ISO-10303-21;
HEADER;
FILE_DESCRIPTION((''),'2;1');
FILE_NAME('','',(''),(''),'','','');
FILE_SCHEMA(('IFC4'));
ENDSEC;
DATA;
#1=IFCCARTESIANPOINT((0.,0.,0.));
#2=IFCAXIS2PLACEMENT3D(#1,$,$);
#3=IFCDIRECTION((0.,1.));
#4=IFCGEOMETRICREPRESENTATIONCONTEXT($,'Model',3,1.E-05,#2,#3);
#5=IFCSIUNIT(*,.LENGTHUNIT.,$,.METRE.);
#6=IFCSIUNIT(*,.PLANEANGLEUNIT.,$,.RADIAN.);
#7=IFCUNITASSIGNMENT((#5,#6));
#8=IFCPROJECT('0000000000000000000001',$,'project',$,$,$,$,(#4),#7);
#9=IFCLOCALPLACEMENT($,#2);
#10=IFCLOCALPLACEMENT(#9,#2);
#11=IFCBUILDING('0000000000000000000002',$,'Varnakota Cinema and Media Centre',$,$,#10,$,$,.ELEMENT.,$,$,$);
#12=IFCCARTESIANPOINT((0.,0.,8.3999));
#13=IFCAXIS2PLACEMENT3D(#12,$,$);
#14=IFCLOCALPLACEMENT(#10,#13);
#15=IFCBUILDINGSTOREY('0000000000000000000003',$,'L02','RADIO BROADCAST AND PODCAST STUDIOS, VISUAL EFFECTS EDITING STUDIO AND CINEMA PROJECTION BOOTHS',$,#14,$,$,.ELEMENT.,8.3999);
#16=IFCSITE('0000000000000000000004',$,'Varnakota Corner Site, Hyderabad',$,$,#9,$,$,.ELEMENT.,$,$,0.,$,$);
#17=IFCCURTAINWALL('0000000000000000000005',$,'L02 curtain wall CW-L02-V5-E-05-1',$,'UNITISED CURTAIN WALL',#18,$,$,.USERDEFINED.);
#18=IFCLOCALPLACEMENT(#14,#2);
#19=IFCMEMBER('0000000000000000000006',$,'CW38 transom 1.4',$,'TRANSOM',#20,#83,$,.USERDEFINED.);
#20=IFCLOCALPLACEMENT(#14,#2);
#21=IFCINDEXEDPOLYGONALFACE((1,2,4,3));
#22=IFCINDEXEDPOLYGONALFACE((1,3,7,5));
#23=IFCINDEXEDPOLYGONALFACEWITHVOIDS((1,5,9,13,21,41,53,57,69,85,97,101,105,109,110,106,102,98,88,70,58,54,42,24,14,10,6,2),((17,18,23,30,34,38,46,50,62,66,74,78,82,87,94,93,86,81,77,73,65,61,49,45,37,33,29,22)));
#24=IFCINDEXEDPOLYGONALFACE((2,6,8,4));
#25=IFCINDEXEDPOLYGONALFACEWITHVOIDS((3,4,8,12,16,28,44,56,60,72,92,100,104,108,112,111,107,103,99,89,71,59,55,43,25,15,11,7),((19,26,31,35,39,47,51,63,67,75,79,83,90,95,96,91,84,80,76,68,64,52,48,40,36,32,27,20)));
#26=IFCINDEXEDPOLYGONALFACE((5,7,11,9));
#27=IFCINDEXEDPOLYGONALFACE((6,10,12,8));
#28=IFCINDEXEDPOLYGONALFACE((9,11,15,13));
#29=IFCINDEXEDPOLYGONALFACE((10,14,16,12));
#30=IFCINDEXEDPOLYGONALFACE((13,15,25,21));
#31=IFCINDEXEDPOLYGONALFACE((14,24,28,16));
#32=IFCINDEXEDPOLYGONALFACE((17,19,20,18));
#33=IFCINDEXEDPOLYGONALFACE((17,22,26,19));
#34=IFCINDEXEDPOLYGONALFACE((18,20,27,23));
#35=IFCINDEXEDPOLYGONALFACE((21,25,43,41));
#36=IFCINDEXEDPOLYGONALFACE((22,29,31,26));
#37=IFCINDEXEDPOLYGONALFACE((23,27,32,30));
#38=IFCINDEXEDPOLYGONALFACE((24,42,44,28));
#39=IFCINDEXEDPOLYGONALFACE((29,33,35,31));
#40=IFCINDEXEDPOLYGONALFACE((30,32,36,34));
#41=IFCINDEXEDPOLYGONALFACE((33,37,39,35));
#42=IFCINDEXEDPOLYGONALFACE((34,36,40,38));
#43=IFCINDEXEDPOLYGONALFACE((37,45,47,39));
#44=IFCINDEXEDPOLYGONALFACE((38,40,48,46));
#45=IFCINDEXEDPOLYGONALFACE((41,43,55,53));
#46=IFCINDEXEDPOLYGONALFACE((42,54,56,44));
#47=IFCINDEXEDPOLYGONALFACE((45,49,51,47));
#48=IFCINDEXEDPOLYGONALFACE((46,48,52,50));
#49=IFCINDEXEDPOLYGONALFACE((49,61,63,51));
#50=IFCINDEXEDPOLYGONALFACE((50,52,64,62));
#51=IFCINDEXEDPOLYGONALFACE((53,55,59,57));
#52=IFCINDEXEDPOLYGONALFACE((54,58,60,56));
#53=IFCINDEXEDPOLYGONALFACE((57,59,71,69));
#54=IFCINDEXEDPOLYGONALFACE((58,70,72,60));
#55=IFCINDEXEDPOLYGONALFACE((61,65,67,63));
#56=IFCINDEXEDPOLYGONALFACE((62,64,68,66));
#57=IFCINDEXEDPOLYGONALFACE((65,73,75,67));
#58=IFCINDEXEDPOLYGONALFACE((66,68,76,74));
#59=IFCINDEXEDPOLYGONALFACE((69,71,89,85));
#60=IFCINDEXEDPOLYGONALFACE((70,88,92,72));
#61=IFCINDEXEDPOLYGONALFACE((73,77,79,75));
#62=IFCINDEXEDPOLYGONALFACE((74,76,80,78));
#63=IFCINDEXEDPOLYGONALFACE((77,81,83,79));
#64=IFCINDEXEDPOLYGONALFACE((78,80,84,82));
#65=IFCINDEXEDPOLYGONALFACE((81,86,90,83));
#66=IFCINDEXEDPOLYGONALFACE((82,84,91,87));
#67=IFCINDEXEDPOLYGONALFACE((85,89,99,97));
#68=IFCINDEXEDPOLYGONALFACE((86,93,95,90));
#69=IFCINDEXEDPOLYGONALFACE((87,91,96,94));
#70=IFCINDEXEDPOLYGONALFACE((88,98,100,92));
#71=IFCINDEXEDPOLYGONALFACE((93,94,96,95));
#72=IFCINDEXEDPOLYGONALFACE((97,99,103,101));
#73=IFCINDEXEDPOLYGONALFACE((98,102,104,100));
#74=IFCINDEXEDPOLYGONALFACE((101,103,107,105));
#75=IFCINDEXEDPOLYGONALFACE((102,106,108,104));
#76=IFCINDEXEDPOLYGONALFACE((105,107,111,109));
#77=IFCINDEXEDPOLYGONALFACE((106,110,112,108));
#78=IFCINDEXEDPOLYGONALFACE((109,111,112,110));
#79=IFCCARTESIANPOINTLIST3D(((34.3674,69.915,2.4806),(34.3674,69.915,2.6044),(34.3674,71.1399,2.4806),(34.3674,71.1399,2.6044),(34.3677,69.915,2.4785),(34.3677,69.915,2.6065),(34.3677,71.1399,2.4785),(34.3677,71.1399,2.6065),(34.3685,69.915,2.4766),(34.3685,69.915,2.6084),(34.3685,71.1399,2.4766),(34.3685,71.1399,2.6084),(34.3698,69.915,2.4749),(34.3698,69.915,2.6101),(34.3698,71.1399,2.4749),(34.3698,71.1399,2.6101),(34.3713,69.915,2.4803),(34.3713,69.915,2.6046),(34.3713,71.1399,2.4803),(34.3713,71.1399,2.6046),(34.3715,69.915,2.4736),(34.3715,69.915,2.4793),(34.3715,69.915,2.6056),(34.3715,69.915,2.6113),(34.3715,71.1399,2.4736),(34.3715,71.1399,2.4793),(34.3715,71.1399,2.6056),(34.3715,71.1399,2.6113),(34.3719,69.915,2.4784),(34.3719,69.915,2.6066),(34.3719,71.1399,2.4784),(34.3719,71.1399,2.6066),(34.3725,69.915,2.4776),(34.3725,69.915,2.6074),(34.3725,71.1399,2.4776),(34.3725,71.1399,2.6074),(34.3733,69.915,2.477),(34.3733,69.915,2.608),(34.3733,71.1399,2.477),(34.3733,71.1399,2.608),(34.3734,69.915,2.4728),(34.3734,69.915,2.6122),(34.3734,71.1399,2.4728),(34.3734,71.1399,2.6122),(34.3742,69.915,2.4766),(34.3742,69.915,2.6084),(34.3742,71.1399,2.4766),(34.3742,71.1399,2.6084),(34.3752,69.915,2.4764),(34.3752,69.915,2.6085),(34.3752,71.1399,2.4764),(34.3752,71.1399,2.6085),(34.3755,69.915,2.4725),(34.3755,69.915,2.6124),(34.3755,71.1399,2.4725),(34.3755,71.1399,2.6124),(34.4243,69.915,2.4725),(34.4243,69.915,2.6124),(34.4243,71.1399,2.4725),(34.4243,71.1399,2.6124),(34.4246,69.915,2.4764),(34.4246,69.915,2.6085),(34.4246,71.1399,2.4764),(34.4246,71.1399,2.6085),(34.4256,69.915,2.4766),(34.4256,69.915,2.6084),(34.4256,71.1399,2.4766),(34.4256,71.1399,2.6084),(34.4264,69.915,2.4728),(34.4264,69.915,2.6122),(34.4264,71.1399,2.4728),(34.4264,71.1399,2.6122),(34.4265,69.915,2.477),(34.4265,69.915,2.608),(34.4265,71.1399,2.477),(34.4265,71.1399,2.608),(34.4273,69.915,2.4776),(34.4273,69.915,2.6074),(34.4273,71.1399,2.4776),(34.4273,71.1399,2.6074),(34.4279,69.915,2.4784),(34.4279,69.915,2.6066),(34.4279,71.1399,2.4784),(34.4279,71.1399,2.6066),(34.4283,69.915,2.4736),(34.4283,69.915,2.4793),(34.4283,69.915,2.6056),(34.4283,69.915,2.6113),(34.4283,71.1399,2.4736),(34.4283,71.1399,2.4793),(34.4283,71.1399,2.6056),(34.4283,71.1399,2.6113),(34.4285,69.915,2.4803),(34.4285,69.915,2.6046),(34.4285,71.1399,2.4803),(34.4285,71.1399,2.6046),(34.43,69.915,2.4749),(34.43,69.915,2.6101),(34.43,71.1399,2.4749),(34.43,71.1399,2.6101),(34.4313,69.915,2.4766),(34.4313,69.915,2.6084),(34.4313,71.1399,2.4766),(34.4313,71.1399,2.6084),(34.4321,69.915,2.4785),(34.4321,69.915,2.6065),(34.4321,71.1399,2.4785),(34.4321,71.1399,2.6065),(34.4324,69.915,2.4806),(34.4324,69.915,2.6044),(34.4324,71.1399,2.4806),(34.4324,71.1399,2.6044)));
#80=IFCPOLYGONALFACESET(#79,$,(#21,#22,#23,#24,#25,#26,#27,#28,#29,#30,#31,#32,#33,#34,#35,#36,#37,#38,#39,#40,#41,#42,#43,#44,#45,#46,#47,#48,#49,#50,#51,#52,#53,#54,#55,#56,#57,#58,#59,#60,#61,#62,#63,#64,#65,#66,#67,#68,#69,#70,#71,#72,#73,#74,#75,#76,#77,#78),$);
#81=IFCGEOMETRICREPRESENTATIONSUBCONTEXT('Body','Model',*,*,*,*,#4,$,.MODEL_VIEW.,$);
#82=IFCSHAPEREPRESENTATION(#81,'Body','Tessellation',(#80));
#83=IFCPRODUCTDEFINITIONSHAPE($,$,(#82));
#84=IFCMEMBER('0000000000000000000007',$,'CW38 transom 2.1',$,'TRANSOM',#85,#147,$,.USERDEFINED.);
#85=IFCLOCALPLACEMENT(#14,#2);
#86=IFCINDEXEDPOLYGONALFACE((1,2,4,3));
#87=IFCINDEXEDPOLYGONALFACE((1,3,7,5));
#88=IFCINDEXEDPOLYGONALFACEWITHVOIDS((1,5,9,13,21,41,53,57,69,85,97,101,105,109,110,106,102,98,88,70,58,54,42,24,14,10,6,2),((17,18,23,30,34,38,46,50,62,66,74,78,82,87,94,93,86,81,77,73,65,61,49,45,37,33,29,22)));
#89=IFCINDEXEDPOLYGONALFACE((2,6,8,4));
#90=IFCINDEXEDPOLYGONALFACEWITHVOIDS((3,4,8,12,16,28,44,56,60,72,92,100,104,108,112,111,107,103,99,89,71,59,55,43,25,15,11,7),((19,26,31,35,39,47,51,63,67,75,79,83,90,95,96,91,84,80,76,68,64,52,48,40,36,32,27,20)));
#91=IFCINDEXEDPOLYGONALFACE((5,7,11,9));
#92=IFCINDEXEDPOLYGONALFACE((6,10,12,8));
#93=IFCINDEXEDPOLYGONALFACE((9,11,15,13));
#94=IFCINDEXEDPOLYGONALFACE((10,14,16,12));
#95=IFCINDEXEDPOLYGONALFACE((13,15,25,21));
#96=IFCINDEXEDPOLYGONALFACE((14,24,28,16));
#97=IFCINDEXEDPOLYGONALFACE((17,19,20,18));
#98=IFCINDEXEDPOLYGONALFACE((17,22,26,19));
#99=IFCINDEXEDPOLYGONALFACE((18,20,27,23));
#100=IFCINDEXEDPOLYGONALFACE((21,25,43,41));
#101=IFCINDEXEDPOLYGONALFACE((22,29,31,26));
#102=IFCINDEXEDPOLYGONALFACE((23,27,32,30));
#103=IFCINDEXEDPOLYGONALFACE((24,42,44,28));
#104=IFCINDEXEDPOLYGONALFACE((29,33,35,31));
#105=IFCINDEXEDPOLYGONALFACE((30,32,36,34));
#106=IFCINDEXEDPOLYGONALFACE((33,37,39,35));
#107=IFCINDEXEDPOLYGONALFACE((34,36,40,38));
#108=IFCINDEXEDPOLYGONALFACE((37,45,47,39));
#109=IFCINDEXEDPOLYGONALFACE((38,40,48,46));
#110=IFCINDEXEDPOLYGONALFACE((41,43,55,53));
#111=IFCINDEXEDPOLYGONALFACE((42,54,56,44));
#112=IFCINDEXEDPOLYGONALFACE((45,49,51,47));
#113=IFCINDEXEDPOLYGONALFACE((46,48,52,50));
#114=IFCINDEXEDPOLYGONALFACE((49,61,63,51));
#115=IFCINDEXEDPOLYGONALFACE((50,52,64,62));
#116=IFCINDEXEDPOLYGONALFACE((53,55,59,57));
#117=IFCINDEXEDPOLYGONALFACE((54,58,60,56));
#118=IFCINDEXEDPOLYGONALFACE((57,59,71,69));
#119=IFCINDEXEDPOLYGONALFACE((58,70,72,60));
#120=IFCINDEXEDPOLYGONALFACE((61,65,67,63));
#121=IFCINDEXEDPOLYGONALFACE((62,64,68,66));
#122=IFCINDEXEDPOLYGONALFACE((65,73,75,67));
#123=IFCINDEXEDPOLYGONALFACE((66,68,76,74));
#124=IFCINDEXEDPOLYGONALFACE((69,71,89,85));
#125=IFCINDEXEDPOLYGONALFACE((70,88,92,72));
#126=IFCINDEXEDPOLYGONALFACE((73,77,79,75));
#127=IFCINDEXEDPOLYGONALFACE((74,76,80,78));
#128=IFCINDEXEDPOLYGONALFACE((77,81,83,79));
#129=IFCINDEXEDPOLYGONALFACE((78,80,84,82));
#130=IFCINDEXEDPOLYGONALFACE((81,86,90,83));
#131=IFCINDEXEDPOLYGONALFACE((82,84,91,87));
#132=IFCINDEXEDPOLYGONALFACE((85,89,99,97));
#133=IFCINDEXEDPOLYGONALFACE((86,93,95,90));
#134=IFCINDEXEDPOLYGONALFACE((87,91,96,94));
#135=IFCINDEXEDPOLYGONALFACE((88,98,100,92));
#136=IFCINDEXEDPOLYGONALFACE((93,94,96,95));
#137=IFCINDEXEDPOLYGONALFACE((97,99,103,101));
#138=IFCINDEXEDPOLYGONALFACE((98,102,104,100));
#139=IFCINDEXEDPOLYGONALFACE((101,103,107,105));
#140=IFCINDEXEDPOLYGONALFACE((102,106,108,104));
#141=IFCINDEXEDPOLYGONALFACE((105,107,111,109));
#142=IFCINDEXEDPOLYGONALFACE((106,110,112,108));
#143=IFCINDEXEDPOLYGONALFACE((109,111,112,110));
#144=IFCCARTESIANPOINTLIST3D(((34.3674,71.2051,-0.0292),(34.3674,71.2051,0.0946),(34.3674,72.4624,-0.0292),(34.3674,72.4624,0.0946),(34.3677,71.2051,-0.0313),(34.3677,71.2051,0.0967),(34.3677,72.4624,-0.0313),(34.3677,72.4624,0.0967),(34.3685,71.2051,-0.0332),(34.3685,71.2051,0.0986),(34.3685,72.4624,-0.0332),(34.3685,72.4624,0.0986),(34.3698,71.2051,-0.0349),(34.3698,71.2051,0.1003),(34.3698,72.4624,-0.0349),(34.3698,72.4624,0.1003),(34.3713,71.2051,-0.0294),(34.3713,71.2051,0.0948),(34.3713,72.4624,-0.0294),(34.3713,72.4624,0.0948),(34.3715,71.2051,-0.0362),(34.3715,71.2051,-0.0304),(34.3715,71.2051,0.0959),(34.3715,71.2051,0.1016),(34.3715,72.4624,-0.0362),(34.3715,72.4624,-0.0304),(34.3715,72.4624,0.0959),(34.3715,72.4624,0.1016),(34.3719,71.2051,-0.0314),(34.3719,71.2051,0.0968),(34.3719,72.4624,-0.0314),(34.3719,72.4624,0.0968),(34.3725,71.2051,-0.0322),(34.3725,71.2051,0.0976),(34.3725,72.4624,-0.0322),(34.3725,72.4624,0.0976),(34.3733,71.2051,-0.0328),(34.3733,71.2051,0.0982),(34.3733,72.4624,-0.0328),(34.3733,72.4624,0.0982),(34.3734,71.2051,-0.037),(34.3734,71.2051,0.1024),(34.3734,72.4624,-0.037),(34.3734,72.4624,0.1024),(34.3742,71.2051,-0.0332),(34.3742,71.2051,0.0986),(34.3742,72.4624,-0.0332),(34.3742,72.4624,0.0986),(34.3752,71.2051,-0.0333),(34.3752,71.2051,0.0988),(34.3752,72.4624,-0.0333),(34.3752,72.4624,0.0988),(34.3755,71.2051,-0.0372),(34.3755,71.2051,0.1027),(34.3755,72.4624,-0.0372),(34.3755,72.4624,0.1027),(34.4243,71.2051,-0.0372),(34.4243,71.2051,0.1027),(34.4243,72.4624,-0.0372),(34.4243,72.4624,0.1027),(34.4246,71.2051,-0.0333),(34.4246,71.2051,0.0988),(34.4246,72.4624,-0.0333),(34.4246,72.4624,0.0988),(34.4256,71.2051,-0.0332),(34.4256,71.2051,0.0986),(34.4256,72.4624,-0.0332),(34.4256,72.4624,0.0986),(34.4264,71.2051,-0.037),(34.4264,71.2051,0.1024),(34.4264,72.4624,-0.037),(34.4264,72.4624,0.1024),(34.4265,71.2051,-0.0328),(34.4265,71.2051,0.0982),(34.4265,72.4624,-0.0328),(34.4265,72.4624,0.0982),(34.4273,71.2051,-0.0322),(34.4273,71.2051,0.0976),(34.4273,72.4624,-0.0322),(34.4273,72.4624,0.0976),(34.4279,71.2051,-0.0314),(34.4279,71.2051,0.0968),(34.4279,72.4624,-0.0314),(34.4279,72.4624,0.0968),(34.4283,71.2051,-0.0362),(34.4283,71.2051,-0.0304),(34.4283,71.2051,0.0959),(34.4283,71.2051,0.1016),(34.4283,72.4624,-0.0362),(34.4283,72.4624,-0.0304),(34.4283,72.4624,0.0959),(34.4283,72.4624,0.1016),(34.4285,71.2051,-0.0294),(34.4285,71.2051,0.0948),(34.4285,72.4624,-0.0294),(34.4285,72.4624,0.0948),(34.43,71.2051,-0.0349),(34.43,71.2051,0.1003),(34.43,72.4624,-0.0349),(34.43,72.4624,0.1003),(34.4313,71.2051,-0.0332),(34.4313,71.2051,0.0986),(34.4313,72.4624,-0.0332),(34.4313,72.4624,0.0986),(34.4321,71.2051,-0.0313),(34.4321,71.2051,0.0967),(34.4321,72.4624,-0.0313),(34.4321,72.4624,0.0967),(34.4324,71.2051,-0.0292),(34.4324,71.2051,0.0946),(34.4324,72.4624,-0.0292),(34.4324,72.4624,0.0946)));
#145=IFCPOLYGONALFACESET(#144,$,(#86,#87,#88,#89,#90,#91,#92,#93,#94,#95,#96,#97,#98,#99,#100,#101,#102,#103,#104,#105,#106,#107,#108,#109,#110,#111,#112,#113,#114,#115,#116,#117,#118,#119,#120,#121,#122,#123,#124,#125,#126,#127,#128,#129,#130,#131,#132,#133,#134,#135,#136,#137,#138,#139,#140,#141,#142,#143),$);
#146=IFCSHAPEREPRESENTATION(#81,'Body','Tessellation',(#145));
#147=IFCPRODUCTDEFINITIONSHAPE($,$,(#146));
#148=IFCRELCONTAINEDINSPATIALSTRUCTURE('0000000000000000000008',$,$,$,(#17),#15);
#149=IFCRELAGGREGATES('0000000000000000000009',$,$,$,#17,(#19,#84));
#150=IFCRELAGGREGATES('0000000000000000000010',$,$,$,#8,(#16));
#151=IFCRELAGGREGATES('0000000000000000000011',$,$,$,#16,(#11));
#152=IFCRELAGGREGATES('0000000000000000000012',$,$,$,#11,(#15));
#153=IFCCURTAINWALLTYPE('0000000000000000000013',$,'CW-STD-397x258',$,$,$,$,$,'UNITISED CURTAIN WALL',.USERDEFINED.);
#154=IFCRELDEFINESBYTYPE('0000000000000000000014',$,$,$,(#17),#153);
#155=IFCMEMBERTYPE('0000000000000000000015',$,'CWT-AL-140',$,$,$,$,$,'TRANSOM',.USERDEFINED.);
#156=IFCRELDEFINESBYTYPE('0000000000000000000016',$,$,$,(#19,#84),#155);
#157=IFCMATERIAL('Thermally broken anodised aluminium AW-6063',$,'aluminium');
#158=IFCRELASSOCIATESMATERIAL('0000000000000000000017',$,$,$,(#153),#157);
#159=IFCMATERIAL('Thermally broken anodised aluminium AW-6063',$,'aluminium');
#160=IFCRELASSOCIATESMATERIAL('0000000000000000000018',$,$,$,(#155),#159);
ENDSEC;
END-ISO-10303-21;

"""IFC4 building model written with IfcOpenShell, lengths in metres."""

from ifc_helpers import new_model, si_unit, direction, frame, origin, origin_2d, place, context, subcontext, project, spatial, hollow_rectangle, extrude, material, material_profile, profile_set, type_object, element, aggregate, save


model = new_model("IFC4")

# Units and contexts
model_context = context("Model", 3, precision=1e-05, world=origin(), true_north=direction((0.0, 1.0)))
body_context = subcontext(model_context, "Body", "Model", "MODEL_VIEW")
ifc_project = project(units=[si_unit("LENGTHUNIT", "METRE"), si_unit("PLANEANGLEUNIT", "RADIAN")], contexts=[model_context])

# Site, building, storey
site_placement = place(None, origin())
site = spatial("IfcSite", under=ifc_project, at=site_placement, Name="Varnakota Corner Site, Hyderabad", CompositionType="ELEMENT", RefElevation=0.0)
building_placement = place(site_placement, origin())
building = spatial("IfcBuilding", under=site, at=building_placement, Name="Varnakota Cinema and Media Centre", CompositionType="ELEMENT")
storey_placement = place(building_placement, frame((0.0, 0.0, 8.3999)))
storey = spatial("IfcBuildingStorey", under=building, at=storey_placement, Name="L02", Description="RADIO BROADCAST AND PODCAST STUDIOS, VISUAL EFFECTS EDITING STUDIO AND CINEMA PROJECTION BOOTHS", CompositionType="ELEMENT", Elevation=8.3999)

# Curtain wall, members
ifc_material_1 = material(Name="Thermally broken anodised aluminium AW-6063", Category="aluminium")
curtain_wall_type = type_object("IfcCurtainWallType", Name="CW-STD-397x258", ElementType="UNITISED CURTAIN WALL", PredefinedType="USERDEFINED", material=ifc_material_1)
curtain_wall_placement = place(storey_placement, origin())
curtain_wall = element("IfcCurtainWall", 1, at=curtain_wall_placement, inside=storey, type_object=curtain_wall_type, Name="L02 curtain wall CW-L02-V5-E-05-1", ObjectType="UNITISED CURTAIN WALL", PredefinedType="USERDEFINED")
ifc_material_2 = material(Name="Thermally broken anodised aluminium AW-6063", Category="aluminium")
ifc_material_profile_1 = material_profile(ifc_material_2, hollow_rectangle(XDim=0.0649, YDim=0.1399, WallThickness=0.0039, InnerFilletRadius=0.0039, OuterFilletRadius=0.0081, at=origin_2d()), Name="AL-TRANSOM 140x65x4")
ifc_profile_set_1 = profile_set([ifc_material_profile_1], Name="Thermally broken anodised aluminium AW-6063")
member_type_1 = type_object("IfcMemberType", Name="CWT-AL-140", ElementType="TRANSOM", PredefinedType="USERDEFINED", material=ifc_profile_set_1)
member_1_placement = place(storey_placement, frame((34.3999, 69.915, 2.5425), z_axis=(0.0, 1.0, 0.0), x_axis=(-1.0, 0.0, 0.0)))
member_1 = element("IfcMember", 2, at=member_1_placement, type_object=member_type_1, Name="CW38 transom 1.4", ObjectType="TRANSOM", PredefinedType="USERDEFINED", context=body_context, shape_type="SweptSolid", body=[
    extrude(hollow_rectangle(XDim=0.0649, YDim=0.1399, WallThickness=0.0039, InnerFilletRadius=0.0039, OuterFilletRadius=0.0081, at=origin_2d()), origin(), (0.0, 0.0, 1.0), 1.2249),
])
member_2_placement = place(storey_placement, frame((34.3999, 71.2051, 0.0327), z_axis=(0.0, 1.0, 0.0), x_axis=(-1.0, 0.0, 0.0)))
member_2 = element("IfcMember", 3, at=member_2_placement, type_object=member_type_1, Name="CW38 transom 2.1", ObjectType="TRANSOM", PredefinedType="USERDEFINED", context=body_context, shape_type="SweptSolid", body=[
    extrude(hollow_rectangle(XDim=0.0649, YDim=0.1399, WallThickness=0.0039, InnerFilletRadius=0.0039, OuterFilletRadius=0.0081, at=origin_2d()), origin(), (0.0, 0.0, 1.0), 1.2573),
])
aggregate(curtain_wall, [member_1, member_2])

save(model, "model.ifc")
